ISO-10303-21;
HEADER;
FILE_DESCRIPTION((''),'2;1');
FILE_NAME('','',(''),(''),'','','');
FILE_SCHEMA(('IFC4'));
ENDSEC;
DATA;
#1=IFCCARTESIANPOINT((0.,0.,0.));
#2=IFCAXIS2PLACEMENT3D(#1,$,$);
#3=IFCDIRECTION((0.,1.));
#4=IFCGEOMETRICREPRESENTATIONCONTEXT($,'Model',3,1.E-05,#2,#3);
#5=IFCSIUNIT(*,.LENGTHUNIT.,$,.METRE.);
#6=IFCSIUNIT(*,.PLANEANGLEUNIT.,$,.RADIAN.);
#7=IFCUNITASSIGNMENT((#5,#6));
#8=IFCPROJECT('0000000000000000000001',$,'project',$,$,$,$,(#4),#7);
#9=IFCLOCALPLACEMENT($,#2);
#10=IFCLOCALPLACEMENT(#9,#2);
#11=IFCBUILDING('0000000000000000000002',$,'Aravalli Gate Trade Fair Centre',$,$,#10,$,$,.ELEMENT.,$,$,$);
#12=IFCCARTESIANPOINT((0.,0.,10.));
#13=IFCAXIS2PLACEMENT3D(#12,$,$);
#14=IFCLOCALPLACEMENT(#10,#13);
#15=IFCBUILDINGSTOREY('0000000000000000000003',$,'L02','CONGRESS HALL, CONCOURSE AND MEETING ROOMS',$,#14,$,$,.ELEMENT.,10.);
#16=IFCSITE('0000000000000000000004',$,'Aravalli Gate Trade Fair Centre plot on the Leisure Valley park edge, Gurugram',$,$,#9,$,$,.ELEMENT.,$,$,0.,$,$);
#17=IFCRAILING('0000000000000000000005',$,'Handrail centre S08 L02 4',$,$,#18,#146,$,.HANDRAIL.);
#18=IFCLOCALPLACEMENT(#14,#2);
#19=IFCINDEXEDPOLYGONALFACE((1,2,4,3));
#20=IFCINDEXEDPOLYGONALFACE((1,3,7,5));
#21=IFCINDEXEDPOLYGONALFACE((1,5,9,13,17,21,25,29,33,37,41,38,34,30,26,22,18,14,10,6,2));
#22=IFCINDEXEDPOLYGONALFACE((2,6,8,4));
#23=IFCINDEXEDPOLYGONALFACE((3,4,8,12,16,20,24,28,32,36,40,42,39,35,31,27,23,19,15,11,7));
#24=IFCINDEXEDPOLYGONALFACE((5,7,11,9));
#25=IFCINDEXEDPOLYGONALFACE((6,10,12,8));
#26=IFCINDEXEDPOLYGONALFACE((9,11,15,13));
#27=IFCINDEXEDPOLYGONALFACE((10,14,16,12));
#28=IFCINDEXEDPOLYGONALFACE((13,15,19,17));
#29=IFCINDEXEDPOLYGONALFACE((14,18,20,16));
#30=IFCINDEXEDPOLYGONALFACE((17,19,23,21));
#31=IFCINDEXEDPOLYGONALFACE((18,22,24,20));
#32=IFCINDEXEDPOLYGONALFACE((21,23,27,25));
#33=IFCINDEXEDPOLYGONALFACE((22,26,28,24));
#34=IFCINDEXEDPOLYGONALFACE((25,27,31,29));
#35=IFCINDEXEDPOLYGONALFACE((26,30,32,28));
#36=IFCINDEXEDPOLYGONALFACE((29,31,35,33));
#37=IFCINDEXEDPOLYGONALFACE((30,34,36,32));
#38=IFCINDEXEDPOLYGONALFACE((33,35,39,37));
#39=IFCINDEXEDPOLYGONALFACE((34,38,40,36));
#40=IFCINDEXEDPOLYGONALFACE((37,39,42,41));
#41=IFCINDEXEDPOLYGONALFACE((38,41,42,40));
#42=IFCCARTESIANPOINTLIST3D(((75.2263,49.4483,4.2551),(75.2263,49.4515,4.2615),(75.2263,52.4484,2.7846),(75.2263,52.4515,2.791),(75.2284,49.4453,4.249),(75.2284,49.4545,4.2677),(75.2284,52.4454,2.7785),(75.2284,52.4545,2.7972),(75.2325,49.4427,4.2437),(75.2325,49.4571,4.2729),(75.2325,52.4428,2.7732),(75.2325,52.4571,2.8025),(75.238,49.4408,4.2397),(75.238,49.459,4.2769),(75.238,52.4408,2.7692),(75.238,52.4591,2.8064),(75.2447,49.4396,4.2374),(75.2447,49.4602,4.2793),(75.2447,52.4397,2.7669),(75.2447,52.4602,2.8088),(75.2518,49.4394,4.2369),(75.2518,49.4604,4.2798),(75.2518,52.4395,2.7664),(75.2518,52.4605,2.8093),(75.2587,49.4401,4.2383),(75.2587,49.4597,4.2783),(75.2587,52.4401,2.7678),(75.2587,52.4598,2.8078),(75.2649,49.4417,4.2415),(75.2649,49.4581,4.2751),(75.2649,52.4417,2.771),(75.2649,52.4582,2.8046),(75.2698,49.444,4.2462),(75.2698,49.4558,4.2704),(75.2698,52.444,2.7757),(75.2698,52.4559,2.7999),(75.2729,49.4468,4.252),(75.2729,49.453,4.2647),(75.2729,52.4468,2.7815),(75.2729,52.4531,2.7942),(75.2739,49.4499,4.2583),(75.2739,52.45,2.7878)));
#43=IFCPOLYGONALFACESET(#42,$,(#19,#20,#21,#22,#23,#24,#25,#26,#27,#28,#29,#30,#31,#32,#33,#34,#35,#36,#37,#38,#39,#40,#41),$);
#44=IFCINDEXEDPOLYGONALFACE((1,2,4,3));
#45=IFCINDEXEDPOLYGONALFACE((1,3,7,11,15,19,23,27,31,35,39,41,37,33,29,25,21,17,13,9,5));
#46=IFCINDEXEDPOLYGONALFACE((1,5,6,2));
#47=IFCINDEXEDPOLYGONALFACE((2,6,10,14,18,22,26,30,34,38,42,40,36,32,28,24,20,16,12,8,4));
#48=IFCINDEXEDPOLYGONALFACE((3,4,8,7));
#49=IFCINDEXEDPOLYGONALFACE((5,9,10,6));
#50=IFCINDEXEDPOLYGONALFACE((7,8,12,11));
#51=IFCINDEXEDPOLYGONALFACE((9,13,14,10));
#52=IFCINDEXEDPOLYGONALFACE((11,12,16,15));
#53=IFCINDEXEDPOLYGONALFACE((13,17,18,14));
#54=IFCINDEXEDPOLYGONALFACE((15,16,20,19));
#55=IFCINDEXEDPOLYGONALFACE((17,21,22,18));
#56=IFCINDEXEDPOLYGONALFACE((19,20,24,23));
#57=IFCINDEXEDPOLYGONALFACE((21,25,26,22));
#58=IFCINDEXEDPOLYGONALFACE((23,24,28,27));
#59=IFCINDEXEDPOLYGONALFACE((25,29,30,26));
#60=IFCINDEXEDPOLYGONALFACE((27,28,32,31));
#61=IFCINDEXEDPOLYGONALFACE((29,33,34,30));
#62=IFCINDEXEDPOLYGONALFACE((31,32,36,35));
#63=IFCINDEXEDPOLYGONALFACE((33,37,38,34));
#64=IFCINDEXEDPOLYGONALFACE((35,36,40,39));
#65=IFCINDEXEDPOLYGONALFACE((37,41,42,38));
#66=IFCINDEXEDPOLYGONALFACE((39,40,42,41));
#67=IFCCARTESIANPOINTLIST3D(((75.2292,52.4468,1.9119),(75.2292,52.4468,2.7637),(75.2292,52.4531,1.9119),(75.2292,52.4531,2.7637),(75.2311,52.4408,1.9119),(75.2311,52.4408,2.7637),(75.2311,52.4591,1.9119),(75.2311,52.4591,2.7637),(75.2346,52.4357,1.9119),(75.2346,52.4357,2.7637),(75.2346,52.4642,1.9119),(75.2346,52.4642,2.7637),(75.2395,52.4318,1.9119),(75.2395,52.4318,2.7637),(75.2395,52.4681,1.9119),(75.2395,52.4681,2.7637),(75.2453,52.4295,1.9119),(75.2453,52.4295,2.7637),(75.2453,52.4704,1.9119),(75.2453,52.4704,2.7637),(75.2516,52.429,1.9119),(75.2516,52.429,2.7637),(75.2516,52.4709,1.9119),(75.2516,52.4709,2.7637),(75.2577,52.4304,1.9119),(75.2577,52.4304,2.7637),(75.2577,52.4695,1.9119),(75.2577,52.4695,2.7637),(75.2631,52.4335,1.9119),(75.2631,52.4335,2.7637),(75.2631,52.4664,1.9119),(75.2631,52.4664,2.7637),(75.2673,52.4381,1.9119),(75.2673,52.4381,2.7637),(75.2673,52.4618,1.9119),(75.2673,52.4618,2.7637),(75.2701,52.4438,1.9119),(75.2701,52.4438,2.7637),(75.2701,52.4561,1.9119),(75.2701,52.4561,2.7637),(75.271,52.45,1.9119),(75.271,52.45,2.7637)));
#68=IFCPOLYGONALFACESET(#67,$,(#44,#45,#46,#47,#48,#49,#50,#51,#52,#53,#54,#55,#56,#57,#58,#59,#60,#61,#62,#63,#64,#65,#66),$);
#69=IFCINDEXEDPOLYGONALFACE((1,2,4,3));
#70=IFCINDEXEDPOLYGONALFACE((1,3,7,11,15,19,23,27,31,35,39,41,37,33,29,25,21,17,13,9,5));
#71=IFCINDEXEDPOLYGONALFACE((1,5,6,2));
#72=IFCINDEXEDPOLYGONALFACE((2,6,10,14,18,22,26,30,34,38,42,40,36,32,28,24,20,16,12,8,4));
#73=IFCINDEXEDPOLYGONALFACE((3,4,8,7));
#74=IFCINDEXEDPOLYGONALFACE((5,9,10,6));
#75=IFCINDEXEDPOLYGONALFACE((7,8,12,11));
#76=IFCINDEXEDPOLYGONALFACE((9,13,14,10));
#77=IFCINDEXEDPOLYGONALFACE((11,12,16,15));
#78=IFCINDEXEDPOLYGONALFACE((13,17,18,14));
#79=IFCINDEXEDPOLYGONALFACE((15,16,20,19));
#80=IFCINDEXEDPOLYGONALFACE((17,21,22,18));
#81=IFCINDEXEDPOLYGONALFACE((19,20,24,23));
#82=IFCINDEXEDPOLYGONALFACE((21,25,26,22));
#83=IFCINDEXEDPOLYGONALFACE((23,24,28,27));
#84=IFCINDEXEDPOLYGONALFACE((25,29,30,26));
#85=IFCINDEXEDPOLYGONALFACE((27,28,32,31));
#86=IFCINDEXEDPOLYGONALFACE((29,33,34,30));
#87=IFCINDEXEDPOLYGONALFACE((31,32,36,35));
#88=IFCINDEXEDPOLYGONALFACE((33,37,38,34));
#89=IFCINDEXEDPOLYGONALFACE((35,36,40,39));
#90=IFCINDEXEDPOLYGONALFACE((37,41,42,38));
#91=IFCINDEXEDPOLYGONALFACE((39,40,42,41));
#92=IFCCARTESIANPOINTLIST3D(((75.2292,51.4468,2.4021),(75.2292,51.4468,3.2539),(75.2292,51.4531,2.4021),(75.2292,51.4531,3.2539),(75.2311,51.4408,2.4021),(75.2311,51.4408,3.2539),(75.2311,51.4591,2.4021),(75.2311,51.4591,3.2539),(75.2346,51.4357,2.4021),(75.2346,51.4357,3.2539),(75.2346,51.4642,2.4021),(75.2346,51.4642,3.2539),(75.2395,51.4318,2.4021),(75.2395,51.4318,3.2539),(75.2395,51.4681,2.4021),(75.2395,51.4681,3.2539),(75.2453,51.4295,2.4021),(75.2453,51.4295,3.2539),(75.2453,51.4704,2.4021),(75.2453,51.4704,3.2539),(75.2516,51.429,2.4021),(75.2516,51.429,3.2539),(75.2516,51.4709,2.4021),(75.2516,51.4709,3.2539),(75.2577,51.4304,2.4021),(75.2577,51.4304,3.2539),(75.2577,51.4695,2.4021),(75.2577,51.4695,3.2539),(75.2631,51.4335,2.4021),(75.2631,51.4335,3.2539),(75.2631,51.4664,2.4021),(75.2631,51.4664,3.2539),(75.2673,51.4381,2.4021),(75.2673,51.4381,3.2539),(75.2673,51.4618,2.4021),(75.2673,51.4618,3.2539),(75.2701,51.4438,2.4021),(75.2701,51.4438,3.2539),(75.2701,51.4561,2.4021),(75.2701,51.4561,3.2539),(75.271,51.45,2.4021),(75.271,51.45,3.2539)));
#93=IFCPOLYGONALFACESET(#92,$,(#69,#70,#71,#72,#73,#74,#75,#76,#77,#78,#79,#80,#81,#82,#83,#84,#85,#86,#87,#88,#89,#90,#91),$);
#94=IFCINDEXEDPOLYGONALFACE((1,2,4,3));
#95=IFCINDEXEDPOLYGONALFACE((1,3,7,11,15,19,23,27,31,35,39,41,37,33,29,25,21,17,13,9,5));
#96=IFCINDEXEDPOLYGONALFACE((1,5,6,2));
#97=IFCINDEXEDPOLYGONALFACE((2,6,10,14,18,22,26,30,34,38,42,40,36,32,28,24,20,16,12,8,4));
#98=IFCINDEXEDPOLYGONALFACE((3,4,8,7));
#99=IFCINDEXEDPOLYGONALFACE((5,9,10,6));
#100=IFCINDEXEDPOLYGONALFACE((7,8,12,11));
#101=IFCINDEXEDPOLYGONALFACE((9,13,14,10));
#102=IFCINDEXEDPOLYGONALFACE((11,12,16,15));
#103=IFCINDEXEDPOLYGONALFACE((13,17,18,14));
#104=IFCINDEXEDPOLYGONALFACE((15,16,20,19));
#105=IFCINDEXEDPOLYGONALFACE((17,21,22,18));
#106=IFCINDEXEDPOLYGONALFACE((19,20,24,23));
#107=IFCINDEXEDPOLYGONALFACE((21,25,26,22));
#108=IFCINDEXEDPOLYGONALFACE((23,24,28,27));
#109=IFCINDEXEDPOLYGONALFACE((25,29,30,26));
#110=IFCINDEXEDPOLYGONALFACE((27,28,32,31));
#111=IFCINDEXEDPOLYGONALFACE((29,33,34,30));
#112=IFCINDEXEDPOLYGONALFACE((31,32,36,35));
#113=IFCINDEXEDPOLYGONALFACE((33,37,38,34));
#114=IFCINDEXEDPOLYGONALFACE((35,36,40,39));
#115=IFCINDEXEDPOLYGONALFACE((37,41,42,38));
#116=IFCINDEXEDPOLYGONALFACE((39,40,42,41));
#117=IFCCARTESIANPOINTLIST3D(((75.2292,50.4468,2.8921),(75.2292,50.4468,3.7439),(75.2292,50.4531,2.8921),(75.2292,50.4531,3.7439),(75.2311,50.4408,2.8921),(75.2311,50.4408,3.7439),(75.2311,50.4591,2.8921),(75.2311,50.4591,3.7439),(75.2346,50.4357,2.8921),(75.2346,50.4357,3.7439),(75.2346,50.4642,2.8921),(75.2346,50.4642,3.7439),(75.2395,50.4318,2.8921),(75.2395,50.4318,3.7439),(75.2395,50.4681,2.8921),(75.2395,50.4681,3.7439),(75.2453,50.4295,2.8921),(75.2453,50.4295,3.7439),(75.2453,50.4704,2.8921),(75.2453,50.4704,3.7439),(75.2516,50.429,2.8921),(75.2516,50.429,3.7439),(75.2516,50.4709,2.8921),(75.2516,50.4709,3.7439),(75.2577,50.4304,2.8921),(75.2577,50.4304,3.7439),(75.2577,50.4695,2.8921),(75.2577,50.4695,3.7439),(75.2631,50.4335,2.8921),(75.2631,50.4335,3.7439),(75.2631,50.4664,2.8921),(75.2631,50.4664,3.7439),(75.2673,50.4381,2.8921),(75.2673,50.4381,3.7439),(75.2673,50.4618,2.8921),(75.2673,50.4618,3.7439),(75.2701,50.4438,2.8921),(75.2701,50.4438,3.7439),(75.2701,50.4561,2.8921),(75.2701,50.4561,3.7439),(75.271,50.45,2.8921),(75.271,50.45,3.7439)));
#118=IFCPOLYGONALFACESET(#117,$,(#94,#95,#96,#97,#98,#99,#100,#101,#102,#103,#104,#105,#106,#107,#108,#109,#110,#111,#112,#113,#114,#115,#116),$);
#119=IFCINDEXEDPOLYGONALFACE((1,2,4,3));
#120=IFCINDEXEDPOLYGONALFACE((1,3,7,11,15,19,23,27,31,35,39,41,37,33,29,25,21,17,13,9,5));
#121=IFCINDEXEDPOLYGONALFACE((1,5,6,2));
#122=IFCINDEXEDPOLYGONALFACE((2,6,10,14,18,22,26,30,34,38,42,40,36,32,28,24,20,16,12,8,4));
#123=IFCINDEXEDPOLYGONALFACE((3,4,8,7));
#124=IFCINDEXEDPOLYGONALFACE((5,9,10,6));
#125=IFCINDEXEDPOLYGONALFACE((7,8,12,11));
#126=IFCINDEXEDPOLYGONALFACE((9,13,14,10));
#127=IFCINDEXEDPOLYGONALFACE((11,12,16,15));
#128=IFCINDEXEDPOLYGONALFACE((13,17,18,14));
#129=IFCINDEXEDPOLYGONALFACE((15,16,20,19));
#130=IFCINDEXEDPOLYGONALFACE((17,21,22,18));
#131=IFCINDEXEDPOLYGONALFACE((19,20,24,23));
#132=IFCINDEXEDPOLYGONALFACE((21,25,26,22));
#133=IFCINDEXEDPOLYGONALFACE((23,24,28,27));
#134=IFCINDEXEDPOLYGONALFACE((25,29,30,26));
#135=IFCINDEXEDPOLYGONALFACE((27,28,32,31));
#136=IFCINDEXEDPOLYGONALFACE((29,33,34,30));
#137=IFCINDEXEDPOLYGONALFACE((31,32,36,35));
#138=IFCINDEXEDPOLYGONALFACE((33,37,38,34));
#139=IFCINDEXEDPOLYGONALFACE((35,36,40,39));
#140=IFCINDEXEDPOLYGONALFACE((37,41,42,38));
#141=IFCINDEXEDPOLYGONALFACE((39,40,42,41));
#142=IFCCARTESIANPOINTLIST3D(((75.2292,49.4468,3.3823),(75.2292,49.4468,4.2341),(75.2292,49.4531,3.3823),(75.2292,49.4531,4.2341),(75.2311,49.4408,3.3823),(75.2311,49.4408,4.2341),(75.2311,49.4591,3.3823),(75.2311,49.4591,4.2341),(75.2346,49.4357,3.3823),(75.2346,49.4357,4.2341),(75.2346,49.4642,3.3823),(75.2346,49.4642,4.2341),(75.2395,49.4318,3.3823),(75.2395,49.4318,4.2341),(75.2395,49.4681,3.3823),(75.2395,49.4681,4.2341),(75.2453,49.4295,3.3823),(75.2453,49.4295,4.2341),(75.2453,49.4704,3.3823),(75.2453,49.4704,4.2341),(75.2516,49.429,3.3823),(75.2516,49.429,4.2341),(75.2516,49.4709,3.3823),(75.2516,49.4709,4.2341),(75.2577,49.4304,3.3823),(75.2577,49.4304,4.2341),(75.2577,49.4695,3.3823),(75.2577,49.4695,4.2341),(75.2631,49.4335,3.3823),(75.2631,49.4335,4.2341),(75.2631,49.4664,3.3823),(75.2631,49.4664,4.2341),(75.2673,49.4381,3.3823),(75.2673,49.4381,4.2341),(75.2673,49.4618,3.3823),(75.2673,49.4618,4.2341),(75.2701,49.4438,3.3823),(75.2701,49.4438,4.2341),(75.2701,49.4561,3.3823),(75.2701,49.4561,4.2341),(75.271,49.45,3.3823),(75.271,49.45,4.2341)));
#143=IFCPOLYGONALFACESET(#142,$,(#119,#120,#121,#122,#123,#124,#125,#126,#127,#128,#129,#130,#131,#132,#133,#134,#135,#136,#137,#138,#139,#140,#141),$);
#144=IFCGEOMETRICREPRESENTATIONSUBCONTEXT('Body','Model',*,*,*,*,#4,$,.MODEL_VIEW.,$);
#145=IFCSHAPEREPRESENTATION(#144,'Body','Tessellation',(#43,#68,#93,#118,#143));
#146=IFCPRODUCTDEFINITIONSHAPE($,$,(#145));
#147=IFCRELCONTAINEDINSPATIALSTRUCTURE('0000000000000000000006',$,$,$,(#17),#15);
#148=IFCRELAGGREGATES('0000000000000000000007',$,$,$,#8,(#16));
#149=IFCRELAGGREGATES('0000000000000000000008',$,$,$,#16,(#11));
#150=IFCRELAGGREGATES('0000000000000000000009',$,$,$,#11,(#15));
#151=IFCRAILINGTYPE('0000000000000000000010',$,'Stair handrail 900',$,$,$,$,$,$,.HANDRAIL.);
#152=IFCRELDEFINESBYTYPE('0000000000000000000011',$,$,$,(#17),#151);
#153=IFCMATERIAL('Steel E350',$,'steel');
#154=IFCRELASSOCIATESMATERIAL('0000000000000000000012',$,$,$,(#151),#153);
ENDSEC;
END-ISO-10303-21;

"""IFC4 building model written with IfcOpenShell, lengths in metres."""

from ifc_helpers import new_model, si_unit, direction, frame, origin, origin_2d, place, context, subcontext, project, spatial, circle, extrude, material, type_object, element, save


model = new_model("IFC4")

# Units and contexts
model_context = context("Model", 3, precision=1e-05, world=origin(), true_north=direction((0.0, 1.0)))
body_context = subcontext(model_context, "Body", "Model", "MODEL_VIEW")
ifc_project = project(units=[si_unit("LENGTHUNIT", "METRE"), si_unit("PLANEANGLEUNIT", "RADIAN")], contexts=[model_context])

# Site, building, storey
site_placement = place(None, origin())
site = spatial("IfcSite", under=ifc_project, at=site_placement, Name="Aravalli Gate Trade Fair Centre plot on the Leisure Valley park edge, Gurugram", CompositionType="ELEMENT", RefElevation=0.0)
building_placement = place(site_placement, origin())
building = spatial("IfcBuilding", under=site, at=building_placement, Name="Aravalli Gate Trade Fair Centre", CompositionType="ELEMENT")
storey_placement = place(building_placement, frame((0.0, 0.0, 10.0)))
storey = spatial("IfcBuildingStorey", under=building, at=storey_placement, Name="L02", Description="CONGRESS HALL, CONCOURSE AND MEETING ROOMS", CompositionType="ELEMENT", Elevation=10.0)

# Shared definitions
ifc_material_1 = material(Name="Steel E350", Category="steel")

# Railing
railing_type_1 = type_object("IfcRailingType", Name="Stair handrail 900", PredefinedType="HANDRAIL", material=ifc_material_1)
for number, where, name in (
    (1, (75.25, 52.45, 1.9119), "Handrail centre S08 L02 4"),
):
    element("IfcRailing", number, at=place(storey_placement, frame(where)), inside=storey, type_object=railing_type_1, Name=name, PredefinedType="HANDRAIL", context=body_context, shape_type="SweptSolid", body=[
        extrude(circle(Radius=0.0239, at=origin_2d()), frame((0.0, 0.0, 0.876), z_axis=(0.0, -0.897936, 0.440126), x_axis=(1.0, 0.0, 0.0)), (0.0, 0.0, 1.0), 3.3411),
        extrude(circle(Radius=0.021, at=origin_2d()), origin(), (0.0, 0.0, 1.0), 0.8518),
        extrude(circle(Radius=0.021, at=origin_2d()), frame((0.0, -1.0, 0.4902)), (0.0, 0.0, 1.0), 0.8518),
        extrude(circle(Radius=0.021, at=origin_2d()), frame((0.0, -2.0, 0.9802)), (0.0, 0.0, 1.0), 0.8518),
        extrude(circle(Radius=0.021, at=origin_2d()), frame((0.0, -3.0, 1.4705)), (0.0, 0.0, 1.0), 0.8518),
    ])

save(model, "model.ifc")
